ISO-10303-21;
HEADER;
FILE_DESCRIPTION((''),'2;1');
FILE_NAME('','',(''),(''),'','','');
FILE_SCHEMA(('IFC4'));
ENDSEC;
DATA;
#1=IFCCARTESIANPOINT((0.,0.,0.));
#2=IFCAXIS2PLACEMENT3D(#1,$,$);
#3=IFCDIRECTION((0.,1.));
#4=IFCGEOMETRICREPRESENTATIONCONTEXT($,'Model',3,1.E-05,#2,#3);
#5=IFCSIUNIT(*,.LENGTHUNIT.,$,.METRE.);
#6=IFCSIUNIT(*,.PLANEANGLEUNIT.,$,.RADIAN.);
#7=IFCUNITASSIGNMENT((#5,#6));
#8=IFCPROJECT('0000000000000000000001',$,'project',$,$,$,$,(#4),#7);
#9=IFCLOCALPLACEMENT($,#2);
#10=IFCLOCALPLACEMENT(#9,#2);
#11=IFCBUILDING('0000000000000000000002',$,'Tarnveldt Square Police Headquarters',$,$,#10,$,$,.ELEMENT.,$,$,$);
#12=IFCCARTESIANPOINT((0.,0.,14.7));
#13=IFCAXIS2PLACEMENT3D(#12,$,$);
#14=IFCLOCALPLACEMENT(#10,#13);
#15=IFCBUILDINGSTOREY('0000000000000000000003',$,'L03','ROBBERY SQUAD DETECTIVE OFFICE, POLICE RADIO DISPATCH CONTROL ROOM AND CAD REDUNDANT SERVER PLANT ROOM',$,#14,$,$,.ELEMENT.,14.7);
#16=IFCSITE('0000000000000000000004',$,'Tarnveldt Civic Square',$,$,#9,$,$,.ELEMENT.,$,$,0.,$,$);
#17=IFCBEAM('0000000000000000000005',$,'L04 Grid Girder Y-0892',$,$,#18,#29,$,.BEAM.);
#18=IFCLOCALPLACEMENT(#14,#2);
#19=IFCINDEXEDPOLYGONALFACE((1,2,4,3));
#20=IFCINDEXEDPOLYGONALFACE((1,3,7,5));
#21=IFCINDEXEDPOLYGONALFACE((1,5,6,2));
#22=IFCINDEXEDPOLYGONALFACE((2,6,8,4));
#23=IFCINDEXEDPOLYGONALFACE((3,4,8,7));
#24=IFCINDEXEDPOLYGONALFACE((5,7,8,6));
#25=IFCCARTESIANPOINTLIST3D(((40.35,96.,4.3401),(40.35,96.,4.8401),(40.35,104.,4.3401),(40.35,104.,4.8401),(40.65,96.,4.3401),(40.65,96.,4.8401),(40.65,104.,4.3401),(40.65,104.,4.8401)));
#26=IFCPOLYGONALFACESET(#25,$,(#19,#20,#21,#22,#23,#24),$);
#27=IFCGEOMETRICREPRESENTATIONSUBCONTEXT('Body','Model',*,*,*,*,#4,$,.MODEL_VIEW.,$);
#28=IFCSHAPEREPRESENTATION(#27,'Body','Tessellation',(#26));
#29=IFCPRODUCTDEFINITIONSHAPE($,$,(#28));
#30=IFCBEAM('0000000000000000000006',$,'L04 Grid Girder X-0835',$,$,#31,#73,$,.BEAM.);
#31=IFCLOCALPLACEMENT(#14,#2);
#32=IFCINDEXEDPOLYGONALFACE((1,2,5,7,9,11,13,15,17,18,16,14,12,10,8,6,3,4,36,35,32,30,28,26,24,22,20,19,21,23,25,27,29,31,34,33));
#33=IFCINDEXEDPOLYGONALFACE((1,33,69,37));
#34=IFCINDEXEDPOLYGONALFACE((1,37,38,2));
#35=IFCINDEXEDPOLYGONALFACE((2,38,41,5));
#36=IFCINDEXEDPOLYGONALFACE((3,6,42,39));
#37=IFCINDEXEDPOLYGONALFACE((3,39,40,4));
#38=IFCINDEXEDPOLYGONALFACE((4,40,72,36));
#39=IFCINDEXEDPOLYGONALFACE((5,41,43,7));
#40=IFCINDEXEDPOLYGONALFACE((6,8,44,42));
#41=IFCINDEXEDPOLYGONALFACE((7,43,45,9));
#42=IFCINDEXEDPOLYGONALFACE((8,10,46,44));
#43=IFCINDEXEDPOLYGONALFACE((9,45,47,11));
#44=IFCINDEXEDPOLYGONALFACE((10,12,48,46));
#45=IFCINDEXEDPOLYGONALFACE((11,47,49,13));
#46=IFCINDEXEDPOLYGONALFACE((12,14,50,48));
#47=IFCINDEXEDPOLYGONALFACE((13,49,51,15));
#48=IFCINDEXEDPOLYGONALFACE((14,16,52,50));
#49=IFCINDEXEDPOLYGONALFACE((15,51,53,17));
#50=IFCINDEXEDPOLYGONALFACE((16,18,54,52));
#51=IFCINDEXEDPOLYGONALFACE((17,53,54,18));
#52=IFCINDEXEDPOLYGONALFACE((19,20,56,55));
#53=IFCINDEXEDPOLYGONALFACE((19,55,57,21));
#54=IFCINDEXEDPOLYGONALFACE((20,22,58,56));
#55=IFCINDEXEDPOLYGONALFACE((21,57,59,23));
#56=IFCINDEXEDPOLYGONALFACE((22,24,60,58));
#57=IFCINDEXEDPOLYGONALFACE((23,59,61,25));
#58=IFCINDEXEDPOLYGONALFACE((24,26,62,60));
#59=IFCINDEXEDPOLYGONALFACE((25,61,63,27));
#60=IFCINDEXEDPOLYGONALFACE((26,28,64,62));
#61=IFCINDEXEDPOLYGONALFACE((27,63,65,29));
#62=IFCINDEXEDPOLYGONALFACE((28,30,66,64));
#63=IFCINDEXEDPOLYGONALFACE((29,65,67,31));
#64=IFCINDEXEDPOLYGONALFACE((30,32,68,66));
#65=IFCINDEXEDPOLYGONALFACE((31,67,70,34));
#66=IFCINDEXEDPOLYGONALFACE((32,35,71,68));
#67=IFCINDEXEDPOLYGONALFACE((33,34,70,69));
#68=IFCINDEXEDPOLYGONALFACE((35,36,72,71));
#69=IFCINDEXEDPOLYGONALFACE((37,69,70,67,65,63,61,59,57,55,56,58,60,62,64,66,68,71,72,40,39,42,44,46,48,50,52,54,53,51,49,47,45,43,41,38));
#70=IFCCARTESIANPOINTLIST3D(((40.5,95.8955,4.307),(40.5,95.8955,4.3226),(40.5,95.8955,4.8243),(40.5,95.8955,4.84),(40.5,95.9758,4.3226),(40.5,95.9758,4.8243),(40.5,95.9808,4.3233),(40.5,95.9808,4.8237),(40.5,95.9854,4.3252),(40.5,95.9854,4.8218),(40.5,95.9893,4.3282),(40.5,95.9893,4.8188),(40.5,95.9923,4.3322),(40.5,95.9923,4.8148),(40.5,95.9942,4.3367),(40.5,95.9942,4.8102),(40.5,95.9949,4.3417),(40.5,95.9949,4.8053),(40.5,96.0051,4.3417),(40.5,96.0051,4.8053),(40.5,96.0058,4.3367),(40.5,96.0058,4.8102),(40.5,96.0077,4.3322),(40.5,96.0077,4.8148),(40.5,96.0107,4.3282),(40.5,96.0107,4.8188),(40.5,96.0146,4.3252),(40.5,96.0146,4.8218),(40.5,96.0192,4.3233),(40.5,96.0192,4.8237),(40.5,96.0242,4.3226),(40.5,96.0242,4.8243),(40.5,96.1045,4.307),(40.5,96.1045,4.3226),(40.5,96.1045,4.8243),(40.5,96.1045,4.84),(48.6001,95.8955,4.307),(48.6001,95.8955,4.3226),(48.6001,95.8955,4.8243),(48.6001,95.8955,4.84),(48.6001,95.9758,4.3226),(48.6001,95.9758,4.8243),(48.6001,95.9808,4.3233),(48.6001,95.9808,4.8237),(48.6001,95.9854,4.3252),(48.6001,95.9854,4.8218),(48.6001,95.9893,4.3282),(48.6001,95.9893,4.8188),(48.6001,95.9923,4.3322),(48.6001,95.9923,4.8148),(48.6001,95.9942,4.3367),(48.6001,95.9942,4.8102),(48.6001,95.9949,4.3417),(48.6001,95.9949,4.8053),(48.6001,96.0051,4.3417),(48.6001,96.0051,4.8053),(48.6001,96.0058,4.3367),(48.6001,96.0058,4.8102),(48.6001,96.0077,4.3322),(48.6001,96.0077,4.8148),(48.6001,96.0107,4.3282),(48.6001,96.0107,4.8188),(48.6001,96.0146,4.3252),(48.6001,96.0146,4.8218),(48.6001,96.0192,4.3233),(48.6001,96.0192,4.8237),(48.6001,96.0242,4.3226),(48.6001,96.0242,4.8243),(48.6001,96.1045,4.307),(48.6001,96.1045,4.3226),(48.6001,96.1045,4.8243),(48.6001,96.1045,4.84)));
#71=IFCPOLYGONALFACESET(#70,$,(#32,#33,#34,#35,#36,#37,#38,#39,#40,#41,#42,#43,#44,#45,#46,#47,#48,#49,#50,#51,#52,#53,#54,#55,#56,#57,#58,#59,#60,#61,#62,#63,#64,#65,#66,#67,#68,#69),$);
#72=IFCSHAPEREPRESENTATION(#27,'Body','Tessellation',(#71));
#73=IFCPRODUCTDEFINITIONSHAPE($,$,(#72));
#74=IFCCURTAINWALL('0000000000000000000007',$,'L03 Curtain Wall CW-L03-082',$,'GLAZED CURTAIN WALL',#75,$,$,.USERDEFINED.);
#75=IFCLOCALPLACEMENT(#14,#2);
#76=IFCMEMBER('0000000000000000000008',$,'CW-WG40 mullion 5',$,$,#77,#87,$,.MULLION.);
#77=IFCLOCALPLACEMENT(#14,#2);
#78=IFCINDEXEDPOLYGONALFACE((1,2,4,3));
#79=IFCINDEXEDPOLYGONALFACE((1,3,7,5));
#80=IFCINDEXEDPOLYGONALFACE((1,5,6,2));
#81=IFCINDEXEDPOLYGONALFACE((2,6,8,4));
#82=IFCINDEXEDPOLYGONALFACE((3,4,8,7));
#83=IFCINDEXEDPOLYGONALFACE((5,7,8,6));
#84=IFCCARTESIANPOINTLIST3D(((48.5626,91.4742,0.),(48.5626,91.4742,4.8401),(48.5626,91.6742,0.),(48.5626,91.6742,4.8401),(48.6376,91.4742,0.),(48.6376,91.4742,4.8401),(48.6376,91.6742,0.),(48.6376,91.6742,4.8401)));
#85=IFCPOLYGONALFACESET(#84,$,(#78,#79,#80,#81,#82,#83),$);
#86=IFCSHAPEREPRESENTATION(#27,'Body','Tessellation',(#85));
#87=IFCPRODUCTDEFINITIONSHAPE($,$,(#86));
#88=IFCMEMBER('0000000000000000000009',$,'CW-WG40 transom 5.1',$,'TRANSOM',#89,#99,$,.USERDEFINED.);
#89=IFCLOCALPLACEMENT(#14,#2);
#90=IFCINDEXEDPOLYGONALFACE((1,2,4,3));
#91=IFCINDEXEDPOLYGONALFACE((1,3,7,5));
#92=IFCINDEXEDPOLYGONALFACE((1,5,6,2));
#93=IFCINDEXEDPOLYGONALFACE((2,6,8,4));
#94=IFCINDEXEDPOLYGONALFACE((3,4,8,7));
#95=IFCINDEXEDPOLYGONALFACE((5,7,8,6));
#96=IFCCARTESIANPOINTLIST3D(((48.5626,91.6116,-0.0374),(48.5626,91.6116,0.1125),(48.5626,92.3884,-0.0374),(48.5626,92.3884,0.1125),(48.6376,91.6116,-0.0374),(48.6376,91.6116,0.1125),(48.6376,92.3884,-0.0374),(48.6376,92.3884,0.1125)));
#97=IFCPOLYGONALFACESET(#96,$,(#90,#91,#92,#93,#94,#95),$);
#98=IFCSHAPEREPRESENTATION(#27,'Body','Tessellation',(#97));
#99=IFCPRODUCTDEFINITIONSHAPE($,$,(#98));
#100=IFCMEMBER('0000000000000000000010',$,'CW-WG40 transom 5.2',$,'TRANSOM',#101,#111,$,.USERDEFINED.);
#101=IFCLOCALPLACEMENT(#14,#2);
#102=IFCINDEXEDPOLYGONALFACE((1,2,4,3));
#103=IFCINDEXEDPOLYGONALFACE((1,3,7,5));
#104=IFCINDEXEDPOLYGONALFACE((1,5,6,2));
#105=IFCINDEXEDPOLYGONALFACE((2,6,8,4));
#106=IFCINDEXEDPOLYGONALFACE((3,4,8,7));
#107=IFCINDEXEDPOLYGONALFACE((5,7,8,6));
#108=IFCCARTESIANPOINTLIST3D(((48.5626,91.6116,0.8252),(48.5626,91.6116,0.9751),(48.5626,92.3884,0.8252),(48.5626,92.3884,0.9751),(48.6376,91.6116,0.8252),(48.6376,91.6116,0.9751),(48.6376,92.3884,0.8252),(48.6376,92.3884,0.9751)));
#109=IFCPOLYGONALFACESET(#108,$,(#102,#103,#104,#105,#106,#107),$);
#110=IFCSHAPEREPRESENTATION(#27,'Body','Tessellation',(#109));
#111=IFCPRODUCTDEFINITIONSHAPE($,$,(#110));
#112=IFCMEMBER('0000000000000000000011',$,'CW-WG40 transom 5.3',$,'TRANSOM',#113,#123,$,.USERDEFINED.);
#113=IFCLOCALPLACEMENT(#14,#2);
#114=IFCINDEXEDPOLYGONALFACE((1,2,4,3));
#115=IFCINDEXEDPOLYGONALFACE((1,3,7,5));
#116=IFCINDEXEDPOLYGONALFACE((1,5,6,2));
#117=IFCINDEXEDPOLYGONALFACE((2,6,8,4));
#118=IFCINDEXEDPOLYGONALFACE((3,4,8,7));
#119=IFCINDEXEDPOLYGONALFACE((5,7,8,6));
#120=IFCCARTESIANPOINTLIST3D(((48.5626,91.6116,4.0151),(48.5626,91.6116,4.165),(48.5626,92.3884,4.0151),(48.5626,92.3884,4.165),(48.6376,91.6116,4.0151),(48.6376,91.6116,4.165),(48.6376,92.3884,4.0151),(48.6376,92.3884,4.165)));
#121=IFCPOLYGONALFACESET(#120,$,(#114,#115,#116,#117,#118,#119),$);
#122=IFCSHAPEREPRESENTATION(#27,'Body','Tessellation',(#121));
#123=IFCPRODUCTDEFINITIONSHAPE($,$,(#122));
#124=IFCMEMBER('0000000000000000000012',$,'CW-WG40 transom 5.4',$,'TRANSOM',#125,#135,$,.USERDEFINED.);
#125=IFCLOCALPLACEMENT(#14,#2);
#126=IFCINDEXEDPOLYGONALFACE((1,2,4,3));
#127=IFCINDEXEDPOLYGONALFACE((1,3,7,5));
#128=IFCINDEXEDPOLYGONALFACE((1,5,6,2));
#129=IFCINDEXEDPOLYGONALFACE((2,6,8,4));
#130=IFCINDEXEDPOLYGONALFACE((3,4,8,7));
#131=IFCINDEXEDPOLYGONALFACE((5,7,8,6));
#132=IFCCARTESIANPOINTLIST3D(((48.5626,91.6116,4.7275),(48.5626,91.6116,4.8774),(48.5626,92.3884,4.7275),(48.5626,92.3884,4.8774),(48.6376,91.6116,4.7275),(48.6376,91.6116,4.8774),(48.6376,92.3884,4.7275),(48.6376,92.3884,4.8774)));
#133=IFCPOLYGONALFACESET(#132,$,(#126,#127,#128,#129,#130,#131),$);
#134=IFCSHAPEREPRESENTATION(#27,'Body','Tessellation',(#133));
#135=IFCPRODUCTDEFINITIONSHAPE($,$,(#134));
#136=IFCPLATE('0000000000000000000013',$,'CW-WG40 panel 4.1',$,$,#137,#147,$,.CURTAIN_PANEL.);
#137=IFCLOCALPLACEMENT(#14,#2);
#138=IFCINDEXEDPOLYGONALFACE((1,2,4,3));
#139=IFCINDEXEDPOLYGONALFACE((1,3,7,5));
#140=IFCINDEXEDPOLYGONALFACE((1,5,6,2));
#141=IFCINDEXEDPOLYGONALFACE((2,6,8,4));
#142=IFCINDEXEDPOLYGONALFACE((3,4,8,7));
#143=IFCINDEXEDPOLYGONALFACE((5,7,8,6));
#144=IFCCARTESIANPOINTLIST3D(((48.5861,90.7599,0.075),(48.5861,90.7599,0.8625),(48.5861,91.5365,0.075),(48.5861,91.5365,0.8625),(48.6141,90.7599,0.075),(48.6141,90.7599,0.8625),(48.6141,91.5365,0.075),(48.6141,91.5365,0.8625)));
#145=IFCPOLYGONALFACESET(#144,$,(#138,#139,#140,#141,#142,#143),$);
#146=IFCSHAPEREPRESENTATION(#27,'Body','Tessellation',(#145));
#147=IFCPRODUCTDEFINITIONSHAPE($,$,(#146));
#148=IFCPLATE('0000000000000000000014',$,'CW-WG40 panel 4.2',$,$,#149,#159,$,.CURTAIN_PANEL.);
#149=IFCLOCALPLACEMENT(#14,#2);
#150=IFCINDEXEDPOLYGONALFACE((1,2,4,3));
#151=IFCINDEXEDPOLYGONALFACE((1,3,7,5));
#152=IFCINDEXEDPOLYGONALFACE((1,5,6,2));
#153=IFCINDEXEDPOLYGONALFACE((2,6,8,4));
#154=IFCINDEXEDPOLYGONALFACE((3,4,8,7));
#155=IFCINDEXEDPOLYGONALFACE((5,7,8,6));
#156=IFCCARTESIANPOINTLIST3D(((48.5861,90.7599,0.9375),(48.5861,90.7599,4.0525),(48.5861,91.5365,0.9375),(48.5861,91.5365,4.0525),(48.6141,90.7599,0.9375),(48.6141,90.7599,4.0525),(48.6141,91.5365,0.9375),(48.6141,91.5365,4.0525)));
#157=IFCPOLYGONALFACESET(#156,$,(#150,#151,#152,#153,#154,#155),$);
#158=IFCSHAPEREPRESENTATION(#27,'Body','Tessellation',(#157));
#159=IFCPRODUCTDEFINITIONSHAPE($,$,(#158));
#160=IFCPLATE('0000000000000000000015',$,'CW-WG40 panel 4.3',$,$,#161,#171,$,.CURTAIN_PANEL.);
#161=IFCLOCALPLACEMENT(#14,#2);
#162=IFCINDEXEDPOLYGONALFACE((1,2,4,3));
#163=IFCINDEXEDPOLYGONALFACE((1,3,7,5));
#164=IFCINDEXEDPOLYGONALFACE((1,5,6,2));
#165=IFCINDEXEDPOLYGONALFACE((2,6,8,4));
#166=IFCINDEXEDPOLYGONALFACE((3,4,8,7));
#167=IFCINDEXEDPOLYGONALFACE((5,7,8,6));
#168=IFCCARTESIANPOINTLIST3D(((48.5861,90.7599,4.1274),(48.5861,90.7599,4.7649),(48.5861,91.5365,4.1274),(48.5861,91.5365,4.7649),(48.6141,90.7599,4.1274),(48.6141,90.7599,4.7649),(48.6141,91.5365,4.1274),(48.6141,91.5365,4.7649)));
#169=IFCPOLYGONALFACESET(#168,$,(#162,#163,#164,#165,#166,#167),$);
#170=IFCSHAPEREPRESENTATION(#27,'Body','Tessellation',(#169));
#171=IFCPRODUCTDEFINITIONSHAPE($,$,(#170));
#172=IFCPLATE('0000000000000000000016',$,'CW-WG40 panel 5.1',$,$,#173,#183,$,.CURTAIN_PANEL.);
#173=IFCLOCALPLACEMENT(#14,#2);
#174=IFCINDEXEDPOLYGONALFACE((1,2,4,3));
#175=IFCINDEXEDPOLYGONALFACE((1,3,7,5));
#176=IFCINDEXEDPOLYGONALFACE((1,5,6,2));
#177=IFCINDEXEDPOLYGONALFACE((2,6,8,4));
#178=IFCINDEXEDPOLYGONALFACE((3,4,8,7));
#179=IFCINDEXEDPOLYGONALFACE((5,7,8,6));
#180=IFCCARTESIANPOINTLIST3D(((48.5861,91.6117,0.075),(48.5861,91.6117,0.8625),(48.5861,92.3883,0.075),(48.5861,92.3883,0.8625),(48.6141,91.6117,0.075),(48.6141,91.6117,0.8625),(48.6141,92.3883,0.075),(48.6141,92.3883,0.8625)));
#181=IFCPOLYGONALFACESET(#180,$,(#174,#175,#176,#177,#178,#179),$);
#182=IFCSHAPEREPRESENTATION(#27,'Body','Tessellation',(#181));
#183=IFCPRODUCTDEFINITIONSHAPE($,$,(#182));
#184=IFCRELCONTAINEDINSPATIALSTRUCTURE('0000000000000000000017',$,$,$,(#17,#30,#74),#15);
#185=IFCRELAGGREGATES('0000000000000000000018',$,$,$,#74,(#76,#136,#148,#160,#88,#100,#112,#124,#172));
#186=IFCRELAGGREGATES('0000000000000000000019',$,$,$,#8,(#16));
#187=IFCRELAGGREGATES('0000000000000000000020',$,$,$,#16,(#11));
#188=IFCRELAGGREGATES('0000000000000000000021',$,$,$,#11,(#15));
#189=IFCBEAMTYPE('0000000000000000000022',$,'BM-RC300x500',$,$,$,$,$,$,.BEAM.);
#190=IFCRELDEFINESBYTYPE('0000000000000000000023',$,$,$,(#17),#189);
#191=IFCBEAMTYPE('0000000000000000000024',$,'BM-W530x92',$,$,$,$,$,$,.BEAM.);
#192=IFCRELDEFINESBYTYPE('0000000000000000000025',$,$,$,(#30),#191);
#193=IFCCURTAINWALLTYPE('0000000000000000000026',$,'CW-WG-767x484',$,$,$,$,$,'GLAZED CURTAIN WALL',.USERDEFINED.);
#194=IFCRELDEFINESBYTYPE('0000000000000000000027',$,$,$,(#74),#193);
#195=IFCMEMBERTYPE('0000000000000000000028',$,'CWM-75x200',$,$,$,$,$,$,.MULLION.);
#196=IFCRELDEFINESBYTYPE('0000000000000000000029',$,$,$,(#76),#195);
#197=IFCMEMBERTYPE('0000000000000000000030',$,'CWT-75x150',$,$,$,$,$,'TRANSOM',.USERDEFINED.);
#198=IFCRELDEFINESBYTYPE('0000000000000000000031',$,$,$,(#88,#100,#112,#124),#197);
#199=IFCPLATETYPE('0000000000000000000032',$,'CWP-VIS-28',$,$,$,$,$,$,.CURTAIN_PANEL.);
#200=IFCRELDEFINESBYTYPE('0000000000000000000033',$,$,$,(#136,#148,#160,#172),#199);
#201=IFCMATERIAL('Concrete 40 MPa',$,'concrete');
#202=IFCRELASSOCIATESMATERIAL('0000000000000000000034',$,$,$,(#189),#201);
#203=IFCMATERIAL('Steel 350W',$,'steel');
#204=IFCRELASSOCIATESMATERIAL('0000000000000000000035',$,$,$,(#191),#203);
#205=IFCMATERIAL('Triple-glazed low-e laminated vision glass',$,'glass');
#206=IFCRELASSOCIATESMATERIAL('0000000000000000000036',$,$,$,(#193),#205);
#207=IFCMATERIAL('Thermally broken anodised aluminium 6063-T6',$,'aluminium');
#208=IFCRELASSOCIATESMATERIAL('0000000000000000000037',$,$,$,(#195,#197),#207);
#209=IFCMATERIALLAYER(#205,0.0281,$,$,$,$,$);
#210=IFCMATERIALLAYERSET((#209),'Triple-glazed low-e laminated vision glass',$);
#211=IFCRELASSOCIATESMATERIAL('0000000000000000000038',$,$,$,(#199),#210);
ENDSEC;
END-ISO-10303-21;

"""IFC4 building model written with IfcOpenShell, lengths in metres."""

from ifc_helpers import new_model, si_unit, direction, frame, origin, origin_2d, place, context, subcontext, project, spatial, rectangle, i_section, extrude, material, layer, layer_set, material_profile, profile_set, type_object, element, aggregate, save


model = new_model("IFC4")

# Units and contexts
model_context = context("Model", 3, precision=1e-05, world=origin(), true_north=direction((0.0, 1.0)))
body_context = subcontext(model_context, "Body", "Model", "MODEL_VIEW")
ifc_project = project(units=[si_unit("LENGTHUNIT", "METRE"), si_unit("PLANEANGLEUNIT", "RADIAN")], contexts=[model_context])

# Site, building, storey
site_placement = place(None, origin())
site = spatial("IfcSite", under=ifc_project, at=site_placement, Name="Tarnveldt Civic Square", CompositionType="ELEMENT", RefElevation=0.0)
building_placement = place(site_placement, origin())
building = spatial("IfcBuilding", under=site, at=building_placement, Name="Tarnveldt Square Police Headquarters", CompositionType="ELEMENT")
storey_placement = place(building_placement, frame((0.0, 0.0, 14.7)))
storey = spatial("IfcBuildingStorey", under=building, at=storey_placement, Name="L03", Description="ROBBERY SQUAD DETECTIVE OFFICE, POLICE RADIO DISPATCH CONTROL ROOM AND CAD REDUNDANT SERVER PLANT ROOM", CompositionType="ELEMENT", Elevation=14.7)

# Beams
ifc_material_1 = material(Name="Concrete 40 MPa", Category="concrete")
ifc_material_profile_1 = material_profile(ifc_material_1, rectangle(XDim=0.3, YDim=0.5, at=origin_2d()), Name="RC-B300x500")
ifc_profile_set_1 = profile_set([ifc_material_profile_1], Name="Concrete 40 MPa")
beam_type_1 = type_object("IfcBeamType", Name="BM-RC300x500", PredefinedType="BEAM", material=ifc_profile_set_1)
beam_1_placement = place(storey_placement, frame((40.5, 96.0, 4.5901), z_axis=(0.0, 1.0, 0.0), x_axis=(-1.0, 0.0, 0.0)))
element("IfcBeam", 1, at=beam_1_placement, inside=storey, type_object=beam_type_1, Name="L04 Grid Girder Y-0892", PredefinedType="BEAM", context=body_context, shape_type="SweptSolid", body=[
    extrude(rectangle(XDim=0.3, YDim=0.5, at=origin_2d()), origin(), (0.0, 0.0, 1.0), 8.0),
])
ifc_material_2 = material(Name="Steel 350W", Category="steel")
ifc_material_profile_2 = material_profile(ifc_material_2, i_section(OverallWidth=0.209, OverallDepth=0.533, WebThickness=0.0103, FlangeThickness=0.0156, FilletRadius=0.019, at=origin_2d()), Name="W530x92")
ifc_profile_set_2 = profile_set([ifc_material_profile_2], Name="Steel 350W")
beam_type_2 = type_object("IfcBeamType", Name="BM-W530x92", PredefinedType="BEAM", material=ifc_profile_set_2)
beam_2_placement = place(storey_placement, frame((40.5, 96.0, 4.5735), z_axis=(1.0, 0.0, 0.0), x_axis=(0.0, 1.0, 0.0)))
element("IfcBeam", 2, at=beam_2_placement, inside=storey, type_object=beam_type_2, Name="L04 Grid Girder X-0835", PredefinedType="BEAM", context=body_context, shape_type="SweptSolid", body=[
    extrude(i_section(OverallWidth=0.209, OverallDepth=0.533, WebThickness=0.0103, FlangeThickness=0.0156, FilletRadius=0.019, at=origin_2d()), origin(), (0.0, 0.0, 1.0), 8.1001),
])

# Curtain wall, members, plates
ifc_material_3 = material(Name="Triple-glazed low-e laminated vision glass", Category="glass")
curtain_wall_type = type_object("IfcCurtainWallType", Name="CW-WG-767x484", ElementType="GLAZED CURTAIN WALL", PredefinedType="USERDEFINED", material=ifc_material_3)
curtain_wall_placement = place(storey_placement, origin())
curtain_wall = element("IfcCurtainWall", 3, at=curtain_wall_placement, inside=storey, type_object=curtain_wall_type, Name="L03 Curtain Wall CW-L03-082", ObjectType="GLAZED CURTAIN WALL", PredefinedType="USERDEFINED")
ifc_material_4 = material(Name="Thermally broken anodised aluminium 6063-T6", Category="aluminium")
ifc_material_profile_3 = material_profile(ifc_material_4, rectangle(XDim=0.075, YDim=0.2, at=origin_2d()), Name="CW-M75x200")
ifc_profile_set_3 = profile_set([ifc_material_profile_3], Name="Thermally broken anodised aluminium 6063-T6")
member_type_1 = type_object("IfcMemberType", Name="CWM-75x200", PredefinedType="MULLION", material=ifc_profile_set_3)
member_1_placement = place(storey_placement, frame((48.6001, 91.5742, 0.0), z_axis=(0.0, 0.0, 1.0), x_axis=(-1.0, 0.0, 0.0)))
member_1 = element("IfcMember", 4, at=member_1_placement, type_object=member_type_1, Name="CW-WG40 mullion 5", PredefinedType="MULLION", context=body_context, shape_type="SweptSolid", body=[
    extrude(rectangle(XDim=0.075, YDim=0.2, at=origin_2d()), origin(), (0.0, 0.0, 1.0), 4.8401),
])
ifc_material_profile_4 = material_profile(ifc_material_4, rectangle(XDim=0.075, YDim=0.1499, at=origin_2d()), Name="CW-T75x150")
ifc_profile_set_4 = profile_set([ifc_material_profile_4], Name="Thermally broken anodised aluminium 6063-T6")
member_type_2 = type_object("IfcMemberType", Name="CWT-75x150", ElementType="TRANSOM", PredefinedType="USERDEFINED", material=ifc_profile_set_4)
member_2_placement = place(storey_placement, frame((48.6001, 91.6116, 0.0376), z_axis=(0.0, 1.0, 0.0), x_axis=(-1.0, 0.0, 0.0)))
member_2 = element("IfcMember", 5, at=member_2_placement, type_object=member_type_2, Name="CW-WG40 transom 5.1", ObjectType="TRANSOM", PredefinedType="USERDEFINED", context=body_context, shape_type="SweptSolid", body=[
    extrude(rectangle(XDim=0.075, YDim=0.1499, at=origin_2d()), origin(), (0.0, 0.0, 1.0), 0.7769),
])
member_3_placement = place(storey_placement, frame((48.6001, 91.6116, 0.9001), z_axis=(0.0, 1.0, 0.0), x_axis=(-1.0, 0.0, 0.0)))
member_3 = element("IfcMember", 6, at=member_3_placement, type_object=member_type_2, Name="CW-WG40 transom 5.2", ObjectType="TRANSOM", PredefinedType="USERDEFINED", context=body_context, shape_type="SweptSolid", body=[
    extrude(rectangle(XDim=0.075, YDim=0.1499, at=origin_2d()), origin(), (0.0, 0.0, 1.0), 0.7769),
])
member_4_placement = place(storey_placement, frame((48.6001, 91.6116, 4.0901), z_axis=(0.0, 1.0, 0.0), x_axis=(-1.0, 0.0, 0.0)))
member_4 = element("IfcMember", 7, at=member_4_placement, type_object=member_type_2, Name="CW-WG40 transom 5.3", ObjectType="TRANSOM", PredefinedType="USERDEFINED", context=body_context, shape_type="SweptSolid", body=[
    extrude(rectangle(XDim=0.075, YDim=0.1499, at=origin_2d()), origin(), (0.0, 0.0, 1.0), 0.7769),
])
member_5_placement = place(storey_placement, frame((48.6001, 91.6116, 4.8025), z_axis=(0.0, 1.0, 0.0), x_axis=(-1.0, 0.0, 0.0)))
member_5 = element("IfcMember", 8, at=member_5_placement, type_object=member_type_2, Name="CW-WG40 transom 5.4", ObjectType="TRANSOM", PredefinedType="USERDEFINED", context=body_context, shape_type="SweptSolid", body=[
    extrude(rectangle(XDim=0.075, YDim=0.1499, at=origin_2d()), origin(), (0.0, 0.0, 1.0), 0.7769),
])
ifc_layer_1 = layer(ifc_material_3, 0.0281)
ifc_layer_set_1 = layer_set([ifc_layer_1], Name="Triple-glazed low-e laminated vision glass")
plate_type = type_object("IfcPlateType", Name="CWP-VIS-28", PredefinedType="CURTAIN_PANEL", material=ifc_layer_set_1)
plate_1_placement = place(storey_placement, frame((48.6001, 91.1482, 0.075), z_axis=(0.0, 0.0, 1.0), x_axis=(0.0, 1.0, 0.0)))
plate_1 = element("IfcPlate", 9, at=plate_1_placement, type_object=plate_type, Name="CW-WG40 panel 4.1", PredefinedType="CURTAIN_PANEL", context=body_context, shape_type="SweptSolid", body=[
    extrude(rectangle(XDim=0.7766, YDim=0.0281, at=origin_2d()), origin(), (0.0, 0.0, 1.0), 0.7876),
])
plate_2_placement = place(storey_placement, frame((48.6001, 91.1482, 0.9375), z_axis=(0.0, 0.0, 1.0), x_axis=(0.0, 1.0, 0.0)))
plate_2 = element("IfcPlate", 10, at=plate_2_placement, type_object=plate_type, Name="CW-WG40 panel 4.2", PredefinedType="CURTAIN_PANEL", context=body_context, shape_type="SweptSolid", body=[
    extrude(rectangle(XDim=0.7766, YDim=0.0281, at=origin_2d()), origin(), (0.0, 0.0, 1.0), 3.115),
])
plate_3_placement = place(storey_placement, frame((48.6001, 91.1482, 4.1274), z_axis=(0.0, 0.0, 1.0), x_axis=(0.0, 1.0, 0.0)))
plate_3 = element("IfcPlate", 11, at=plate_3_placement, type_object=plate_type, Name="CW-WG40 panel 4.3", PredefinedType="CURTAIN_PANEL", context=body_context, shape_type="SweptSolid", body=[
    extrude(rectangle(XDim=0.7766, YDim=0.0281, at=origin_2d()), origin(), (0.0, 0.0, 1.0), 0.6375),
])
plate_4_placement = place(storey_placement, frame((48.6001, 92.0, 0.075), z_axis=(0.0, 0.0, 1.0), x_axis=(0.0, 1.0, 0.0)))
plate_4 = element("IfcPlate", 12, at=plate_4_placement, type_object=plate_type, Name="CW-WG40 panel 5.1", PredefinedType="CURTAIN_PANEL", context=body_context, shape_type="SweptSolid", body=[
    extrude(rectangle(XDim=0.7766, YDim=0.0281, at=origin_2d()), origin(), (0.0, 0.0, 1.0), 0.7876),
])
aggregate(curtain_wall, [member_1, plate_1, plate_2, plate_3, member_2, member_3, member_4, member_5, plate_4])

save(model, "model.ifc")
